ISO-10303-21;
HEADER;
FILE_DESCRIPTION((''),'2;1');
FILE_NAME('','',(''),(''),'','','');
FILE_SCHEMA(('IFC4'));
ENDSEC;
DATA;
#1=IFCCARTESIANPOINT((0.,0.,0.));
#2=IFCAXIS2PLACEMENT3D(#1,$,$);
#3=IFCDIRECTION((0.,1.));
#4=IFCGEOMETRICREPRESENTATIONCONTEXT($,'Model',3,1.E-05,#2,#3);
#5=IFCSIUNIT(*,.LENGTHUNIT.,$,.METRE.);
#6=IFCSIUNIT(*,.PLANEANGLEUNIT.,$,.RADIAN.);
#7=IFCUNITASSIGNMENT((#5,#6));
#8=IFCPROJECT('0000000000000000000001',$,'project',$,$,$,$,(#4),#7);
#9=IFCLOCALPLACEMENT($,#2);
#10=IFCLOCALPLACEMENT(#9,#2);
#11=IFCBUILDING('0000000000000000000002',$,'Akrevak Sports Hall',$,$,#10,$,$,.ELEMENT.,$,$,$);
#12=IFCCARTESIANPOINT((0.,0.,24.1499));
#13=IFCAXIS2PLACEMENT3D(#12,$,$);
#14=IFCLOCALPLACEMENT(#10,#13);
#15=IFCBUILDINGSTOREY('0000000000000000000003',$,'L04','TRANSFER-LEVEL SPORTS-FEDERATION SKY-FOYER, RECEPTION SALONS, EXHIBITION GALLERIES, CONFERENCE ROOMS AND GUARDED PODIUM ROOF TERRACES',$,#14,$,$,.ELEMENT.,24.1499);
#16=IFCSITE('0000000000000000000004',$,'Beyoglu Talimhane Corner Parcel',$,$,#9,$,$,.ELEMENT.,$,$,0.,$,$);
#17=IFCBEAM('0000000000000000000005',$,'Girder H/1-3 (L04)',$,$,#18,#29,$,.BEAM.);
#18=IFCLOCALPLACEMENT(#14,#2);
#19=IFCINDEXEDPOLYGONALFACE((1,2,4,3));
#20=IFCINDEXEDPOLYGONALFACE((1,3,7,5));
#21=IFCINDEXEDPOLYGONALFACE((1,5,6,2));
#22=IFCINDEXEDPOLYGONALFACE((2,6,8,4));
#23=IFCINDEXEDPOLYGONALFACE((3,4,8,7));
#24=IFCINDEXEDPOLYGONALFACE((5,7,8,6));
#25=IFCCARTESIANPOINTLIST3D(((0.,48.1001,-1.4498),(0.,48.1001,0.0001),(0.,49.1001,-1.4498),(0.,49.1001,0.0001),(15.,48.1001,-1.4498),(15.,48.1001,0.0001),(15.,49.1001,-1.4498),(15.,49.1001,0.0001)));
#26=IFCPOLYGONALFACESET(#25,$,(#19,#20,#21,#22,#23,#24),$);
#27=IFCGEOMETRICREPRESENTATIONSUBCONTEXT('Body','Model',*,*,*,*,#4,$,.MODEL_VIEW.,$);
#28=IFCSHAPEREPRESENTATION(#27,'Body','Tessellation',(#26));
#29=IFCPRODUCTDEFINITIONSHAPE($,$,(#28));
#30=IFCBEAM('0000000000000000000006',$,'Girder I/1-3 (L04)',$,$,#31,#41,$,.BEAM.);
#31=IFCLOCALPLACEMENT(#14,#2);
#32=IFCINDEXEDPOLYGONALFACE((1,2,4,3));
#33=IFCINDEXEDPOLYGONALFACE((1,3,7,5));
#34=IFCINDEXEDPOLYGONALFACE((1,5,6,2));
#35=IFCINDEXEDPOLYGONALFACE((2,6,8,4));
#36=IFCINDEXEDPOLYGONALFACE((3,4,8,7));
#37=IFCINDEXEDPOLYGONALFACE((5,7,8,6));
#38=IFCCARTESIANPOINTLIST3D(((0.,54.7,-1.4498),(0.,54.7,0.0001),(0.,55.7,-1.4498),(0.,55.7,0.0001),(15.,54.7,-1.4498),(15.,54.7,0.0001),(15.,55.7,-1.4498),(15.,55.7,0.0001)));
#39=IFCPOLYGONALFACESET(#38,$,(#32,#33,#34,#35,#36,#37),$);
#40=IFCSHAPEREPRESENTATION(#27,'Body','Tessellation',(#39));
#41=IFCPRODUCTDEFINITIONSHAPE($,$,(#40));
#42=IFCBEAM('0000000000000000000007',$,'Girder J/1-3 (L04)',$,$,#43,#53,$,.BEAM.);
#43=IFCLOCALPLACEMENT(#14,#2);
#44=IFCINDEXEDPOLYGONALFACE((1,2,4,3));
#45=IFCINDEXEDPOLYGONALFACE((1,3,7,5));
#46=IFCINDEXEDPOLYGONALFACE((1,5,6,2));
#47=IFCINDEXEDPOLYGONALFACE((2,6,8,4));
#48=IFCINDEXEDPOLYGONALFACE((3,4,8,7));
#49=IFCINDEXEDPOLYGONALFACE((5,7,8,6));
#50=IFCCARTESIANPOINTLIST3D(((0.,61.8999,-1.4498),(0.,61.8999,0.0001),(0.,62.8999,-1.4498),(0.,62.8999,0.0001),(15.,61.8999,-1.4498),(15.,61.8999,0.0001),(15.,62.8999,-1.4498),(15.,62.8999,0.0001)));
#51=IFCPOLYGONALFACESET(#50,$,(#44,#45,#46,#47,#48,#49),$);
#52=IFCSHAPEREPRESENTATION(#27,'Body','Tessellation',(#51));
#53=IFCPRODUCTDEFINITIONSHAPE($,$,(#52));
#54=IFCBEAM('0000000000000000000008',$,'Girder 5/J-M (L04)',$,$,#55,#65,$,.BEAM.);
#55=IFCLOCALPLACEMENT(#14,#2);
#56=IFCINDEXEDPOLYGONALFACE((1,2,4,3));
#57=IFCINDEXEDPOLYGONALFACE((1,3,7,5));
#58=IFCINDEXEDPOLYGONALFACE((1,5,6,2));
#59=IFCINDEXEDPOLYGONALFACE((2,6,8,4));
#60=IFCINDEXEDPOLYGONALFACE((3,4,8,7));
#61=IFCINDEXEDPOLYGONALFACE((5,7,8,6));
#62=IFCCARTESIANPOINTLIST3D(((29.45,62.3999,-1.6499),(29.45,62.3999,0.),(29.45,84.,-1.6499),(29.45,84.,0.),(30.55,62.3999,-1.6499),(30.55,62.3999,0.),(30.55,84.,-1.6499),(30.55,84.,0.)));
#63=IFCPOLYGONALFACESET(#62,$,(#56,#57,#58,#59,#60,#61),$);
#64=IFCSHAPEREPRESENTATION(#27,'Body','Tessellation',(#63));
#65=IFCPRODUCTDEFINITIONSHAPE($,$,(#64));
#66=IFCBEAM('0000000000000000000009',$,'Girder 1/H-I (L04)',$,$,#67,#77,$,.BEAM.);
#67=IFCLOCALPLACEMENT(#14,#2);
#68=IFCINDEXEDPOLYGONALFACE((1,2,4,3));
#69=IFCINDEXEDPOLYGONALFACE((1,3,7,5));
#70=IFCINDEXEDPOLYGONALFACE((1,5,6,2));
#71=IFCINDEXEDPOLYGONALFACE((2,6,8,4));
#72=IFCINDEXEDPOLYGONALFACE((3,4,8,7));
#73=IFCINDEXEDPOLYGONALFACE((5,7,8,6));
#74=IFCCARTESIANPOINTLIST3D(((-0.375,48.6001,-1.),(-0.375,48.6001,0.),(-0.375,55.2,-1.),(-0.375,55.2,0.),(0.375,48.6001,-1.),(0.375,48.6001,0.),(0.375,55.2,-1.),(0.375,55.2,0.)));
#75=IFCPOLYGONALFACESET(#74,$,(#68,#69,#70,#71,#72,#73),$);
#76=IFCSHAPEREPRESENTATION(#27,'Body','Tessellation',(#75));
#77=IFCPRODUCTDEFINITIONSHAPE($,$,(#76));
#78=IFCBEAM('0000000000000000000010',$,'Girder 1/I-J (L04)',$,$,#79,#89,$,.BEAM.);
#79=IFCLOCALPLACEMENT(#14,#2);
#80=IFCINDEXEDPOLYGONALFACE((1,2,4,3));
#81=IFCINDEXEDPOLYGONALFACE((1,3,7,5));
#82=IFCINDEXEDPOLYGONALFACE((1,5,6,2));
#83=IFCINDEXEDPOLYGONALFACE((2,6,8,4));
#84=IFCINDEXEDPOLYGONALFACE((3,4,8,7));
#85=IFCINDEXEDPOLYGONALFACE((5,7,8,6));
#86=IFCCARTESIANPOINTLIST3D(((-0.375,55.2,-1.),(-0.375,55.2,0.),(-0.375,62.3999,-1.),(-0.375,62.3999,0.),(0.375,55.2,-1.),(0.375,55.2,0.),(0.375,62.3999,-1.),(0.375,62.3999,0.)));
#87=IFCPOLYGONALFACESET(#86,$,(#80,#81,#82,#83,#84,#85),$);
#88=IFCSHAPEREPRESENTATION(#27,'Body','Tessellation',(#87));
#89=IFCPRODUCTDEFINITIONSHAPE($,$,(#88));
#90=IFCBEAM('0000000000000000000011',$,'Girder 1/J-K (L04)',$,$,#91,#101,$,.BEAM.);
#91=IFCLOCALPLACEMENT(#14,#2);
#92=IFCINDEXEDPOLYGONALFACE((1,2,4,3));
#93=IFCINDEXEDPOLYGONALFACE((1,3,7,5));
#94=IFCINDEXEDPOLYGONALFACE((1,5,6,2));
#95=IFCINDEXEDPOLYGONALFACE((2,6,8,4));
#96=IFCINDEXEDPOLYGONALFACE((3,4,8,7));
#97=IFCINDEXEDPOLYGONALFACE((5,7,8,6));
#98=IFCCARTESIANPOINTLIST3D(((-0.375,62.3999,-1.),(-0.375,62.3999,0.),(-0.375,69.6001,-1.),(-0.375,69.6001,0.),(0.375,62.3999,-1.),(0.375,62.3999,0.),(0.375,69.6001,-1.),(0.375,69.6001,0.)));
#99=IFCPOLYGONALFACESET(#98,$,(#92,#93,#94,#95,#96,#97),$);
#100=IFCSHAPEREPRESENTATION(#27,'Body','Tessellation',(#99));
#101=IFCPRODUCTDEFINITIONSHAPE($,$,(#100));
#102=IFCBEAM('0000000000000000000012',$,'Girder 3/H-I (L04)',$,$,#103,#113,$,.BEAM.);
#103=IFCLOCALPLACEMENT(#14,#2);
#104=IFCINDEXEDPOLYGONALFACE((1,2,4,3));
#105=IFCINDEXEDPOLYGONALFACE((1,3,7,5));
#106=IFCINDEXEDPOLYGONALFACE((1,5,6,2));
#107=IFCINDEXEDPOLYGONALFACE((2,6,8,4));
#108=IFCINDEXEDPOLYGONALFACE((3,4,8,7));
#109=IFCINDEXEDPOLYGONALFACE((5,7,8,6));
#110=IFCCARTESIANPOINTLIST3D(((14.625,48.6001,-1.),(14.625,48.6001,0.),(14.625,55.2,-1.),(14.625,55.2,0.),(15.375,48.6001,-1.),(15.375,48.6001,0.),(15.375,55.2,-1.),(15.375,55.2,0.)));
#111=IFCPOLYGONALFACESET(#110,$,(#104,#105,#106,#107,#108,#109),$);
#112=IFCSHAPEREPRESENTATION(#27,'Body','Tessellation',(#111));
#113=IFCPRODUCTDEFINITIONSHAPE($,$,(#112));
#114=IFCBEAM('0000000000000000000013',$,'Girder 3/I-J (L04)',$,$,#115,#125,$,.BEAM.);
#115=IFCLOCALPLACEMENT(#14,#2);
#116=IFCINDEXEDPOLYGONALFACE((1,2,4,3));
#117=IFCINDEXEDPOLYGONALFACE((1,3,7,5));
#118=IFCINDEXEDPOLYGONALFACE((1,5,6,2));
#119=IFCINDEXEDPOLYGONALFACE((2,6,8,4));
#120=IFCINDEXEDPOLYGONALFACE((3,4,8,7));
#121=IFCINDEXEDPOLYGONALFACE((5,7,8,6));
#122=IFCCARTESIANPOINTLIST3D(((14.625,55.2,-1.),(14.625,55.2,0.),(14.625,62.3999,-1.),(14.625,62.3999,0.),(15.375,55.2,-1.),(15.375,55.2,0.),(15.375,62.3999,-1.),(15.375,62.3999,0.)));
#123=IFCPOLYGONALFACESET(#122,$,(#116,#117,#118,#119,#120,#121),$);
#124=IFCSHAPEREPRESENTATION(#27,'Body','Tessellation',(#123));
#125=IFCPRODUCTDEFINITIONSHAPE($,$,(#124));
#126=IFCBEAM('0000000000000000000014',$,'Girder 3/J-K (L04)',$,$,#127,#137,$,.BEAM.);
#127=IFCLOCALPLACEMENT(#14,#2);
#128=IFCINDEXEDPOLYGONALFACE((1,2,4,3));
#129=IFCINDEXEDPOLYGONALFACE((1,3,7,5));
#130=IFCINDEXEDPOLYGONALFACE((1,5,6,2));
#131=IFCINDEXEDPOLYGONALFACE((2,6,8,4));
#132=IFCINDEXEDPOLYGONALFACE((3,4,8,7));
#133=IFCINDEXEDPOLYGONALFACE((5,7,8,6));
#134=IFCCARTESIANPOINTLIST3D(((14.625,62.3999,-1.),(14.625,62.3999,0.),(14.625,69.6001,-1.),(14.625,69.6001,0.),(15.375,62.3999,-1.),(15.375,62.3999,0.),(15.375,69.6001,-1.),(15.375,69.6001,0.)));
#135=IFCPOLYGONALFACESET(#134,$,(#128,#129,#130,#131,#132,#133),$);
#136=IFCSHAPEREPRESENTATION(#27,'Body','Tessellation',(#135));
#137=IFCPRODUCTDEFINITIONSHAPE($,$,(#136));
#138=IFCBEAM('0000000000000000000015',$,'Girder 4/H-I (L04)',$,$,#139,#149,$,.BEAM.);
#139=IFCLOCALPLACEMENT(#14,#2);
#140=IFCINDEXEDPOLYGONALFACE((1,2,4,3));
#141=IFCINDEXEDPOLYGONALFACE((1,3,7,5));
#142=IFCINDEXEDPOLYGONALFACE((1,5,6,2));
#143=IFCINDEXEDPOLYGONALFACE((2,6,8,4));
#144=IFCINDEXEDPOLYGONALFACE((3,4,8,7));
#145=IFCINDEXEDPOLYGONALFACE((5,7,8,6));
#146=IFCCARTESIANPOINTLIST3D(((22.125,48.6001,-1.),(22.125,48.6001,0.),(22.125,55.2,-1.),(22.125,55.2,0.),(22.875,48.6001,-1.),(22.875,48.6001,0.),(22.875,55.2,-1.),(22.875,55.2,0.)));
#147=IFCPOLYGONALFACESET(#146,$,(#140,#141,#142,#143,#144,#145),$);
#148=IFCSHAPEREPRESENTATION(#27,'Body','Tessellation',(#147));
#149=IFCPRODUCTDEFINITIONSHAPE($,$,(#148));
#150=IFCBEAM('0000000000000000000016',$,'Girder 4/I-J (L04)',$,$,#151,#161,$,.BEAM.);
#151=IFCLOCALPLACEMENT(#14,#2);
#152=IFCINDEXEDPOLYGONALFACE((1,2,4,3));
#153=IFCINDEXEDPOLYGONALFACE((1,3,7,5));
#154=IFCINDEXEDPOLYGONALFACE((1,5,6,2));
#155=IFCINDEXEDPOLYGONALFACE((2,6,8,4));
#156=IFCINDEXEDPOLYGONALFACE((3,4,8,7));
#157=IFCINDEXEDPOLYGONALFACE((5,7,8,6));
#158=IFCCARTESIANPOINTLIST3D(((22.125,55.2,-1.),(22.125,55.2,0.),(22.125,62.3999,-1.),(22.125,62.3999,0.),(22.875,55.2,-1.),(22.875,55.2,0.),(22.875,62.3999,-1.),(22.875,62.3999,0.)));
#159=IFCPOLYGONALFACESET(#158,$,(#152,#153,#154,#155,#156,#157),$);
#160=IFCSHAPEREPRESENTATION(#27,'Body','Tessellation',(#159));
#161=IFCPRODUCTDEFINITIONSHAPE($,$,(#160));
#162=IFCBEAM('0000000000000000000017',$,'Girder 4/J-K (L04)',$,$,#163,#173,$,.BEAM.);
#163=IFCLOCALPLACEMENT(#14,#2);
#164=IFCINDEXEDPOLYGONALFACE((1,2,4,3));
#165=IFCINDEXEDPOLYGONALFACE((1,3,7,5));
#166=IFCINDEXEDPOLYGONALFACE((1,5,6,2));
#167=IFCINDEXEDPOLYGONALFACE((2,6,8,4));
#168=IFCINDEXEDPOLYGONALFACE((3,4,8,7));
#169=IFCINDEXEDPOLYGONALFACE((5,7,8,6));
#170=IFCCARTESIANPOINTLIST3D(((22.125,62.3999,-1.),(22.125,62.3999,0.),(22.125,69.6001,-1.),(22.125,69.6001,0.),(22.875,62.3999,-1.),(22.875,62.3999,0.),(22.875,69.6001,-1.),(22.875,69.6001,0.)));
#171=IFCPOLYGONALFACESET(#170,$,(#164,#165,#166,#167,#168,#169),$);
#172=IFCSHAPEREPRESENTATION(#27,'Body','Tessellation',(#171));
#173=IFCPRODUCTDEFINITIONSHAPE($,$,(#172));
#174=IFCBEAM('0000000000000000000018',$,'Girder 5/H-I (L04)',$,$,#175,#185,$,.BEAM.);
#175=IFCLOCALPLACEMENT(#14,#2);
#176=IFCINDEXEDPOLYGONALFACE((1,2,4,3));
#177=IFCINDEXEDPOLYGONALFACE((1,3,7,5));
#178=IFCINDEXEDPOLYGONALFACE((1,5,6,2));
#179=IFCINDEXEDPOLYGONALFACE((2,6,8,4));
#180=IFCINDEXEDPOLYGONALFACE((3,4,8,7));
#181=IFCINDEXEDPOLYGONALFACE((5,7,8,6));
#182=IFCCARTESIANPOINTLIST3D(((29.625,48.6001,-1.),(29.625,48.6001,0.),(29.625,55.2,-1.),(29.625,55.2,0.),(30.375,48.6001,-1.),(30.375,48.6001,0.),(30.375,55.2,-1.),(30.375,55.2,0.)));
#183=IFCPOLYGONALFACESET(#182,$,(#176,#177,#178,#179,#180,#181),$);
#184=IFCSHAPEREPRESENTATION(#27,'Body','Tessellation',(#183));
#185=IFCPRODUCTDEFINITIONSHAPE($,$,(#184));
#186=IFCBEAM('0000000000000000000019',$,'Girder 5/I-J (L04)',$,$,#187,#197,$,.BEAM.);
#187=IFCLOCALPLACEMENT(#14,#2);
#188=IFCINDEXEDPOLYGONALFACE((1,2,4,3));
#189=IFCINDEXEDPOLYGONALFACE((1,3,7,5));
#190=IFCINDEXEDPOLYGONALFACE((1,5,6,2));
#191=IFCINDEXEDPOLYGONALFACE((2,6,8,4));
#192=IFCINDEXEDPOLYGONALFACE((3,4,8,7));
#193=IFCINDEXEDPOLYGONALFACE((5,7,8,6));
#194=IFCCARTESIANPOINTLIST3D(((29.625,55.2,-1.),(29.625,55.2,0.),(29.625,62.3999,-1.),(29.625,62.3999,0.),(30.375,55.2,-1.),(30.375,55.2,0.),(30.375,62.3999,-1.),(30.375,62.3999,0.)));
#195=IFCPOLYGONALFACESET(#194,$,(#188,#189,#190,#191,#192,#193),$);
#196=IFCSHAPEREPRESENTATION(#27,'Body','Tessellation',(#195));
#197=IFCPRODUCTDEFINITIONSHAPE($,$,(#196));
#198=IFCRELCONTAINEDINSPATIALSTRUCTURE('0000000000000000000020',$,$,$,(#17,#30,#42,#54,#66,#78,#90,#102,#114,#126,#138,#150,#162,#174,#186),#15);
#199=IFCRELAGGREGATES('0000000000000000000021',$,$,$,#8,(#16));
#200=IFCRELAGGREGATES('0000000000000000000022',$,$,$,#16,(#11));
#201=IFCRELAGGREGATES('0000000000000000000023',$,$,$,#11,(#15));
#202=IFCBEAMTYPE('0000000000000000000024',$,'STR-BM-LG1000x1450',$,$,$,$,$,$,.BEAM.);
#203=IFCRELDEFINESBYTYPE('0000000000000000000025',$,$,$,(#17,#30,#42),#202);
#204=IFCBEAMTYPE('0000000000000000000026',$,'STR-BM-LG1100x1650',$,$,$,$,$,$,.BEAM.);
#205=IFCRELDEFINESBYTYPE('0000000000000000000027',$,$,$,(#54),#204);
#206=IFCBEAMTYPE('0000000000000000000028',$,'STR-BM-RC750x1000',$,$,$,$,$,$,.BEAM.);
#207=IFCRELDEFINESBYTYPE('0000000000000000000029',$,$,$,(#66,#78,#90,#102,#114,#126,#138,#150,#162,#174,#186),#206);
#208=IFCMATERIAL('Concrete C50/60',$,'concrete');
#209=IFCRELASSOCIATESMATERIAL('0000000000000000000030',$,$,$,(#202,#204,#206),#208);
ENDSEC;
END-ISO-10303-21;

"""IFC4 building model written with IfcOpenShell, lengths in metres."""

from ifc_helpers import new_model, si_unit, direction, frame, origin, origin_2d, place, context, subcontext, project, spatial, rectangle, extrude, material, material_profile, profile_set, type_object, element, save


model = new_model("IFC4")

# Units and contexts
model_context = context("Model", 3, precision=1e-05, world=origin(), true_north=direction((0.0, 1.0)))
body_context = subcontext(model_context, "Body", "Model", "MODEL_VIEW")
ifc_project = project(units=[si_unit("LENGTHUNIT", "METRE"), si_unit("PLANEANGLEUNIT", "RADIAN")], contexts=[model_context])

# Site, building, storey
site_placement = place(None, origin())
site = spatial("IfcSite", under=ifc_project, at=site_placement, Name="Beyoglu Talimhane Corner Parcel", CompositionType="ELEMENT", RefElevation=0.0)
building_placement = place(site_placement, origin())
building = spatial("IfcBuilding", under=site, at=building_placement, Name="Akrevak Sports Hall", CompositionType="ELEMENT")
storey_placement = place(building_placement, frame((0.0, 0.0, 24.1499)))
storey = spatial("IfcBuildingStorey", under=building, at=storey_placement, Name="L04", Description="TRANSFER-LEVEL SPORTS-FEDERATION SKY-FOYER, RECEPTION SALONS, EXHIBITION GALLERIES, CONFERENCE ROOMS AND GUARDED PODIUM ROOF TERRACES", CompositionType="ELEMENT", Elevation=24.1499)

# Beams
ifc_material_1 = material(Name="Concrete C50/60", Category="concrete")
ifc_material_profile_1 = material_profile(ifc_material_1, rectangle(XDim=1.0, YDim=1.45, at=origin_2d()), Name="BM 1000x1450", Category="concrete")
ifc_profile_set_1 = profile_set([ifc_material_profile_1], Name="Concrete C50/60")
beam_type_1 = type_object("IfcBeamType", Name="STR-BM-LG1000x1450", PredefinedType="BEAM", material=ifc_profile_set_1)
for number, where, z_axis, x_axis, name in (
    (1, (0.0, 48.6001, -0.7249), (1.0, 0.0, 0.0), (0.0, 1.0, 0.0), "Girder H/1-3 (L04)"),
    (2, (0.0, 55.2, -0.7249), (1.0, 0.0, 0.0), (0.0, 1.0, 0.0), "Girder I/1-3 (L04)"),
    (3, (0.0, 62.3999, -0.7249), (1.0, 0.0, 0.0), (0.0, 1.0, 0.0), "Girder J/1-3 (L04)"),
):
    element("IfcBeam", number, at=place(storey_placement, frame(where, z_axis=z_axis, x_axis=x_axis)), inside=storey, type_object=beam_type_1, Name=name, PredefinedType="BEAM", context=body_context, shape_type="SweptSolid", body=[
        extrude(rectangle(XDim=1.0, YDim=1.45, at=origin_2d()), origin(), (0.0, 0.0, 1.0), 15.0),
    ])
ifc_material_profile_2 = material_profile(ifc_material_1, rectangle(XDim=1.1001, YDim=1.6499, at=origin_2d()), Name="BM 1100x1650", Category="concrete")
ifc_profile_set_2 = profile_set([ifc_material_profile_2], Name="Concrete C50/60")
beam_type_2 = type_object("IfcBeamType", Name="STR-BM-LG1100x1650", PredefinedType="BEAM", material=ifc_profile_set_2)
beam_1_placement = place(storey_placement, frame((30.0, 62.3999, -0.825), z_axis=(0.0, 1.0, 0.0), x_axis=(-1.0, 0.0, 0.0)))
element("IfcBeam", 4, at=beam_1_placement, inside=storey, type_object=beam_type_2, Name="Girder 5/J-M (L04)", PredefinedType="BEAM", context=body_context, shape_type="SweptSolid", body=[
    extrude(rectangle(XDim=1.1001, YDim=1.6499, at=origin_2d()), origin(), (0.0, 0.0, 1.0), 21.6001),
])
ifc_material_profile_3 = material_profile(ifc_material_1, rectangle(XDim=0.75, YDim=1.0, at=origin_2d()), Name="BM 750x1000", Category="concrete")
ifc_profile_set_3 = profile_set([ifc_material_profile_3], Name="Concrete C50/60")
beam_type_3 = type_object("IfcBeamType", Name="STR-BM-RC750x1000", PredefinedType="BEAM", material=ifc_profile_set_3)
beam_2_placement = place(storey_placement, frame((0.0, 48.6001, -0.5), z_axis=(0.0, 1.0, 0.0), x_axis=(-1.0, 0.0, 0.0)))
element("IfcBeam", 5, at=beam_2_placement, inside=storey, type_object=beam_type_3, Name="Girder 1/H-I (L04)", PredefinedType="BEAM", context=body_context, shape_type="SweptSolid", body=[
    extrude(rectangle(XDim=0.75, YDim=1.0, at=origin_2d()), origin(), (0.0, 0.0, 1.0), 6.5999),
])
beam_3_placement = place(storey_placement, frame((0.0, 55.2, -0.5), z_axis=(0.0, 1.0, 0.0), x_axis=(-1.0, 0.0, 0.0)))
element("IfcBeam", 6, at=beam_3_placement, inside=storey, type_object=beam_type_3, Name="Girder 1/I-J (L04)", PredefinedType="BEAM", context=body_context, shape_type="SweptSolid", body=[
    extrude(rectangle(XDim=0.75, YDim=1.0, at=origin_2d()), origin(), (0.0, 0.0, 1.0), 7.2),
])
beam_4_placement = place(storey_placement, frame((0.0, 62.3999, -0.5), z_axis=(0.0, 1.0, 0.0), x_axis=(-1.0, 0.0, 0.0)))
element("IfcBeam", 7, at=beam_4_placement, inside=storey, type_object=beam_type_3, Name="Girder 1/J-K (L04)", PredefinedType="BEAM", context=body_context, shape_type="SweptSolid", body=[
    extrude(rectangle(XDim=0.75, YDim=1.0, at=origin_2d()), origin(), (0.0, 0.0, 1.0), 7.2002),
])
beam_5_placement = place(storey_placement, frame((15.0, 48.6001, -0.5), z_axis=(0.0, 1.0, 0.0), x_axis=(-1.0, 0.0, 0.0)))
element("IfcBeam", 8, at=beam_5_placement, inside=storey, type_object=beam_type_3, Name="Girder 3/H-I (L04)", PredefinedType="BEAM", context=body_context, shape_type="SweptSolid", body=[
    extrude(rectangle(XDim=0.75, YDim=1.0, at=origin_2d()), origin(), (0.0, 0.0, 1.0), 6.5999),
])
beam_6_placement = place(storey_placement, frame((15.0, 55.2, -0.5), z_axis=(0.0, 1.0, 0.0), x_axis=(-1.0, 0.0, 0.0)))
element("IfcBeam", 9, at=beam_6_placement, inside=storey, type_object=beam_type_3, Name="Girder 3/I-J (L04)", PredefinedType="BEAM", context=body_context, shape_type="SweptSolid", body=[
    extrude(rectangle(XDim=0.75, YDim=1.0, at=origin_2d()), origin(), (0.0, 0.0, 1.0), 7.2),
])
beam_7_placement = place(storey_placement, frame((15.0, 62.3999, -0.5), z_axis=(0.0, 1.0, 0.0), x_axis=(-1.0, 0.0, 0.0)))
element("IfcBeam", 10, at=beam_7_placement, inside=storey, type_object=beam_type_3, Name="Girder 3/J-K (L04)", PredefinedType="BEAM", context=body_context, shape_type="SweptSolid", body=[
    extrude(rectangle(XDim=0.75, YDim=1.0, at=origin_2d()), origin(), (0.0, 0.0, 1.0), 7.2002),
])
beam_8_placement = place(storey_placement, frame((22.5, 48.6001, -0.5), z_axis=(0.0, 1.0, 0.0), x_axis=(-1.0, 0.0, 0.0)))
element("IfcBeam", 11, at=beam_8_placement, inside=storey, type_object=beam_type_3, Name="Girder 4/H-I (L04)", PredefinedType="BEAM", context=body_context, shape_type="SweptSolid", body=[
    extrude(rectangle(XDim=0.75, YDim=1.0, at=origin_2d()), origin(), (0.0, 0.0, 1.0), 6.5999),
])
beam_9_placement = place(storey_placement, frame((22.5, 55.2, -0.5), z_axis=(0.0, 1.0, 0.0), x_axis=(-1.0, 0.0, 0.0)))
element("IfcBeam", 12, at=beam_9_placement, inside=storey, type_object=beam_type_3, Name="Girder 4/I-J (L04)", PredefinedType="BEAM", context=body_context, shape_type="SweptSolid", body=[
    extrude(rectangle(XDim=0.75, YDim=1.0, at=origin_2d()), origin(), (0.0, 0.0, 1.0), 7.2),
])
beam_10_placement = place(storey_placement, frame((22.5, 62.3999, -0.5), z_axis=(0.0, 1.0, 0.0), x_axis=(-1.0, 0.0, 0.0)))
element("IfcBeam", 13, at=beam_10_placement, inside=storey, type_object=beam_type_3, Name="Girder 4/J-K (L04)", PredefinedType="BEAM", context=body_context, shape_type="SweptSolid", body=[
    extrude(rectangle(XDim=0.75, YDim=1.0, at=origin_2d()), origin(), (0.0, 0.0, 1.0), 7.2002),
])
beam_11_placement = place(storey_placement, frame((30.0, 48.6001, -0.5), z_axis=(0.0, 1.0, 0.0), x_axis=(-1.0, 0.0, 0.0)))
element("IfcBeam", 14, at=beam_11_placement, inside=storey, type_object=beam_type_3, Name="Girder 5/H-I (L04)", PredefinedType="BEAM", context=body_context, shape_type="SweptSolid", body=[
    extrude(rectangle(XDim=0.75, YDim=1.0, at=origin_2d()), origin(), (0.0, 0.0, 1.0), 6.5999),
])
beam_12_placement = place(storey_placement, frame((30.0, 55.2, -0.5), z_axis=(0.0, 1.0, 0.0), x_axis=(-1.0, 0.0, 0.0)))
element("IfcBeam", 15, at=beam_12_placement, inside=storey, type_object=beam_type_3, Name="Girder 5/I-J (L04)", PredefinedType="BEAM", context=body_context, shape_type="SweptSolid", body=[
    extrude(rectangle(XDim=0.75, YDim=1.0, at=origin_2d()), origin(), (0.0, 0.0, 1.0), 7.2),
])

save(model, "model.ifc")
